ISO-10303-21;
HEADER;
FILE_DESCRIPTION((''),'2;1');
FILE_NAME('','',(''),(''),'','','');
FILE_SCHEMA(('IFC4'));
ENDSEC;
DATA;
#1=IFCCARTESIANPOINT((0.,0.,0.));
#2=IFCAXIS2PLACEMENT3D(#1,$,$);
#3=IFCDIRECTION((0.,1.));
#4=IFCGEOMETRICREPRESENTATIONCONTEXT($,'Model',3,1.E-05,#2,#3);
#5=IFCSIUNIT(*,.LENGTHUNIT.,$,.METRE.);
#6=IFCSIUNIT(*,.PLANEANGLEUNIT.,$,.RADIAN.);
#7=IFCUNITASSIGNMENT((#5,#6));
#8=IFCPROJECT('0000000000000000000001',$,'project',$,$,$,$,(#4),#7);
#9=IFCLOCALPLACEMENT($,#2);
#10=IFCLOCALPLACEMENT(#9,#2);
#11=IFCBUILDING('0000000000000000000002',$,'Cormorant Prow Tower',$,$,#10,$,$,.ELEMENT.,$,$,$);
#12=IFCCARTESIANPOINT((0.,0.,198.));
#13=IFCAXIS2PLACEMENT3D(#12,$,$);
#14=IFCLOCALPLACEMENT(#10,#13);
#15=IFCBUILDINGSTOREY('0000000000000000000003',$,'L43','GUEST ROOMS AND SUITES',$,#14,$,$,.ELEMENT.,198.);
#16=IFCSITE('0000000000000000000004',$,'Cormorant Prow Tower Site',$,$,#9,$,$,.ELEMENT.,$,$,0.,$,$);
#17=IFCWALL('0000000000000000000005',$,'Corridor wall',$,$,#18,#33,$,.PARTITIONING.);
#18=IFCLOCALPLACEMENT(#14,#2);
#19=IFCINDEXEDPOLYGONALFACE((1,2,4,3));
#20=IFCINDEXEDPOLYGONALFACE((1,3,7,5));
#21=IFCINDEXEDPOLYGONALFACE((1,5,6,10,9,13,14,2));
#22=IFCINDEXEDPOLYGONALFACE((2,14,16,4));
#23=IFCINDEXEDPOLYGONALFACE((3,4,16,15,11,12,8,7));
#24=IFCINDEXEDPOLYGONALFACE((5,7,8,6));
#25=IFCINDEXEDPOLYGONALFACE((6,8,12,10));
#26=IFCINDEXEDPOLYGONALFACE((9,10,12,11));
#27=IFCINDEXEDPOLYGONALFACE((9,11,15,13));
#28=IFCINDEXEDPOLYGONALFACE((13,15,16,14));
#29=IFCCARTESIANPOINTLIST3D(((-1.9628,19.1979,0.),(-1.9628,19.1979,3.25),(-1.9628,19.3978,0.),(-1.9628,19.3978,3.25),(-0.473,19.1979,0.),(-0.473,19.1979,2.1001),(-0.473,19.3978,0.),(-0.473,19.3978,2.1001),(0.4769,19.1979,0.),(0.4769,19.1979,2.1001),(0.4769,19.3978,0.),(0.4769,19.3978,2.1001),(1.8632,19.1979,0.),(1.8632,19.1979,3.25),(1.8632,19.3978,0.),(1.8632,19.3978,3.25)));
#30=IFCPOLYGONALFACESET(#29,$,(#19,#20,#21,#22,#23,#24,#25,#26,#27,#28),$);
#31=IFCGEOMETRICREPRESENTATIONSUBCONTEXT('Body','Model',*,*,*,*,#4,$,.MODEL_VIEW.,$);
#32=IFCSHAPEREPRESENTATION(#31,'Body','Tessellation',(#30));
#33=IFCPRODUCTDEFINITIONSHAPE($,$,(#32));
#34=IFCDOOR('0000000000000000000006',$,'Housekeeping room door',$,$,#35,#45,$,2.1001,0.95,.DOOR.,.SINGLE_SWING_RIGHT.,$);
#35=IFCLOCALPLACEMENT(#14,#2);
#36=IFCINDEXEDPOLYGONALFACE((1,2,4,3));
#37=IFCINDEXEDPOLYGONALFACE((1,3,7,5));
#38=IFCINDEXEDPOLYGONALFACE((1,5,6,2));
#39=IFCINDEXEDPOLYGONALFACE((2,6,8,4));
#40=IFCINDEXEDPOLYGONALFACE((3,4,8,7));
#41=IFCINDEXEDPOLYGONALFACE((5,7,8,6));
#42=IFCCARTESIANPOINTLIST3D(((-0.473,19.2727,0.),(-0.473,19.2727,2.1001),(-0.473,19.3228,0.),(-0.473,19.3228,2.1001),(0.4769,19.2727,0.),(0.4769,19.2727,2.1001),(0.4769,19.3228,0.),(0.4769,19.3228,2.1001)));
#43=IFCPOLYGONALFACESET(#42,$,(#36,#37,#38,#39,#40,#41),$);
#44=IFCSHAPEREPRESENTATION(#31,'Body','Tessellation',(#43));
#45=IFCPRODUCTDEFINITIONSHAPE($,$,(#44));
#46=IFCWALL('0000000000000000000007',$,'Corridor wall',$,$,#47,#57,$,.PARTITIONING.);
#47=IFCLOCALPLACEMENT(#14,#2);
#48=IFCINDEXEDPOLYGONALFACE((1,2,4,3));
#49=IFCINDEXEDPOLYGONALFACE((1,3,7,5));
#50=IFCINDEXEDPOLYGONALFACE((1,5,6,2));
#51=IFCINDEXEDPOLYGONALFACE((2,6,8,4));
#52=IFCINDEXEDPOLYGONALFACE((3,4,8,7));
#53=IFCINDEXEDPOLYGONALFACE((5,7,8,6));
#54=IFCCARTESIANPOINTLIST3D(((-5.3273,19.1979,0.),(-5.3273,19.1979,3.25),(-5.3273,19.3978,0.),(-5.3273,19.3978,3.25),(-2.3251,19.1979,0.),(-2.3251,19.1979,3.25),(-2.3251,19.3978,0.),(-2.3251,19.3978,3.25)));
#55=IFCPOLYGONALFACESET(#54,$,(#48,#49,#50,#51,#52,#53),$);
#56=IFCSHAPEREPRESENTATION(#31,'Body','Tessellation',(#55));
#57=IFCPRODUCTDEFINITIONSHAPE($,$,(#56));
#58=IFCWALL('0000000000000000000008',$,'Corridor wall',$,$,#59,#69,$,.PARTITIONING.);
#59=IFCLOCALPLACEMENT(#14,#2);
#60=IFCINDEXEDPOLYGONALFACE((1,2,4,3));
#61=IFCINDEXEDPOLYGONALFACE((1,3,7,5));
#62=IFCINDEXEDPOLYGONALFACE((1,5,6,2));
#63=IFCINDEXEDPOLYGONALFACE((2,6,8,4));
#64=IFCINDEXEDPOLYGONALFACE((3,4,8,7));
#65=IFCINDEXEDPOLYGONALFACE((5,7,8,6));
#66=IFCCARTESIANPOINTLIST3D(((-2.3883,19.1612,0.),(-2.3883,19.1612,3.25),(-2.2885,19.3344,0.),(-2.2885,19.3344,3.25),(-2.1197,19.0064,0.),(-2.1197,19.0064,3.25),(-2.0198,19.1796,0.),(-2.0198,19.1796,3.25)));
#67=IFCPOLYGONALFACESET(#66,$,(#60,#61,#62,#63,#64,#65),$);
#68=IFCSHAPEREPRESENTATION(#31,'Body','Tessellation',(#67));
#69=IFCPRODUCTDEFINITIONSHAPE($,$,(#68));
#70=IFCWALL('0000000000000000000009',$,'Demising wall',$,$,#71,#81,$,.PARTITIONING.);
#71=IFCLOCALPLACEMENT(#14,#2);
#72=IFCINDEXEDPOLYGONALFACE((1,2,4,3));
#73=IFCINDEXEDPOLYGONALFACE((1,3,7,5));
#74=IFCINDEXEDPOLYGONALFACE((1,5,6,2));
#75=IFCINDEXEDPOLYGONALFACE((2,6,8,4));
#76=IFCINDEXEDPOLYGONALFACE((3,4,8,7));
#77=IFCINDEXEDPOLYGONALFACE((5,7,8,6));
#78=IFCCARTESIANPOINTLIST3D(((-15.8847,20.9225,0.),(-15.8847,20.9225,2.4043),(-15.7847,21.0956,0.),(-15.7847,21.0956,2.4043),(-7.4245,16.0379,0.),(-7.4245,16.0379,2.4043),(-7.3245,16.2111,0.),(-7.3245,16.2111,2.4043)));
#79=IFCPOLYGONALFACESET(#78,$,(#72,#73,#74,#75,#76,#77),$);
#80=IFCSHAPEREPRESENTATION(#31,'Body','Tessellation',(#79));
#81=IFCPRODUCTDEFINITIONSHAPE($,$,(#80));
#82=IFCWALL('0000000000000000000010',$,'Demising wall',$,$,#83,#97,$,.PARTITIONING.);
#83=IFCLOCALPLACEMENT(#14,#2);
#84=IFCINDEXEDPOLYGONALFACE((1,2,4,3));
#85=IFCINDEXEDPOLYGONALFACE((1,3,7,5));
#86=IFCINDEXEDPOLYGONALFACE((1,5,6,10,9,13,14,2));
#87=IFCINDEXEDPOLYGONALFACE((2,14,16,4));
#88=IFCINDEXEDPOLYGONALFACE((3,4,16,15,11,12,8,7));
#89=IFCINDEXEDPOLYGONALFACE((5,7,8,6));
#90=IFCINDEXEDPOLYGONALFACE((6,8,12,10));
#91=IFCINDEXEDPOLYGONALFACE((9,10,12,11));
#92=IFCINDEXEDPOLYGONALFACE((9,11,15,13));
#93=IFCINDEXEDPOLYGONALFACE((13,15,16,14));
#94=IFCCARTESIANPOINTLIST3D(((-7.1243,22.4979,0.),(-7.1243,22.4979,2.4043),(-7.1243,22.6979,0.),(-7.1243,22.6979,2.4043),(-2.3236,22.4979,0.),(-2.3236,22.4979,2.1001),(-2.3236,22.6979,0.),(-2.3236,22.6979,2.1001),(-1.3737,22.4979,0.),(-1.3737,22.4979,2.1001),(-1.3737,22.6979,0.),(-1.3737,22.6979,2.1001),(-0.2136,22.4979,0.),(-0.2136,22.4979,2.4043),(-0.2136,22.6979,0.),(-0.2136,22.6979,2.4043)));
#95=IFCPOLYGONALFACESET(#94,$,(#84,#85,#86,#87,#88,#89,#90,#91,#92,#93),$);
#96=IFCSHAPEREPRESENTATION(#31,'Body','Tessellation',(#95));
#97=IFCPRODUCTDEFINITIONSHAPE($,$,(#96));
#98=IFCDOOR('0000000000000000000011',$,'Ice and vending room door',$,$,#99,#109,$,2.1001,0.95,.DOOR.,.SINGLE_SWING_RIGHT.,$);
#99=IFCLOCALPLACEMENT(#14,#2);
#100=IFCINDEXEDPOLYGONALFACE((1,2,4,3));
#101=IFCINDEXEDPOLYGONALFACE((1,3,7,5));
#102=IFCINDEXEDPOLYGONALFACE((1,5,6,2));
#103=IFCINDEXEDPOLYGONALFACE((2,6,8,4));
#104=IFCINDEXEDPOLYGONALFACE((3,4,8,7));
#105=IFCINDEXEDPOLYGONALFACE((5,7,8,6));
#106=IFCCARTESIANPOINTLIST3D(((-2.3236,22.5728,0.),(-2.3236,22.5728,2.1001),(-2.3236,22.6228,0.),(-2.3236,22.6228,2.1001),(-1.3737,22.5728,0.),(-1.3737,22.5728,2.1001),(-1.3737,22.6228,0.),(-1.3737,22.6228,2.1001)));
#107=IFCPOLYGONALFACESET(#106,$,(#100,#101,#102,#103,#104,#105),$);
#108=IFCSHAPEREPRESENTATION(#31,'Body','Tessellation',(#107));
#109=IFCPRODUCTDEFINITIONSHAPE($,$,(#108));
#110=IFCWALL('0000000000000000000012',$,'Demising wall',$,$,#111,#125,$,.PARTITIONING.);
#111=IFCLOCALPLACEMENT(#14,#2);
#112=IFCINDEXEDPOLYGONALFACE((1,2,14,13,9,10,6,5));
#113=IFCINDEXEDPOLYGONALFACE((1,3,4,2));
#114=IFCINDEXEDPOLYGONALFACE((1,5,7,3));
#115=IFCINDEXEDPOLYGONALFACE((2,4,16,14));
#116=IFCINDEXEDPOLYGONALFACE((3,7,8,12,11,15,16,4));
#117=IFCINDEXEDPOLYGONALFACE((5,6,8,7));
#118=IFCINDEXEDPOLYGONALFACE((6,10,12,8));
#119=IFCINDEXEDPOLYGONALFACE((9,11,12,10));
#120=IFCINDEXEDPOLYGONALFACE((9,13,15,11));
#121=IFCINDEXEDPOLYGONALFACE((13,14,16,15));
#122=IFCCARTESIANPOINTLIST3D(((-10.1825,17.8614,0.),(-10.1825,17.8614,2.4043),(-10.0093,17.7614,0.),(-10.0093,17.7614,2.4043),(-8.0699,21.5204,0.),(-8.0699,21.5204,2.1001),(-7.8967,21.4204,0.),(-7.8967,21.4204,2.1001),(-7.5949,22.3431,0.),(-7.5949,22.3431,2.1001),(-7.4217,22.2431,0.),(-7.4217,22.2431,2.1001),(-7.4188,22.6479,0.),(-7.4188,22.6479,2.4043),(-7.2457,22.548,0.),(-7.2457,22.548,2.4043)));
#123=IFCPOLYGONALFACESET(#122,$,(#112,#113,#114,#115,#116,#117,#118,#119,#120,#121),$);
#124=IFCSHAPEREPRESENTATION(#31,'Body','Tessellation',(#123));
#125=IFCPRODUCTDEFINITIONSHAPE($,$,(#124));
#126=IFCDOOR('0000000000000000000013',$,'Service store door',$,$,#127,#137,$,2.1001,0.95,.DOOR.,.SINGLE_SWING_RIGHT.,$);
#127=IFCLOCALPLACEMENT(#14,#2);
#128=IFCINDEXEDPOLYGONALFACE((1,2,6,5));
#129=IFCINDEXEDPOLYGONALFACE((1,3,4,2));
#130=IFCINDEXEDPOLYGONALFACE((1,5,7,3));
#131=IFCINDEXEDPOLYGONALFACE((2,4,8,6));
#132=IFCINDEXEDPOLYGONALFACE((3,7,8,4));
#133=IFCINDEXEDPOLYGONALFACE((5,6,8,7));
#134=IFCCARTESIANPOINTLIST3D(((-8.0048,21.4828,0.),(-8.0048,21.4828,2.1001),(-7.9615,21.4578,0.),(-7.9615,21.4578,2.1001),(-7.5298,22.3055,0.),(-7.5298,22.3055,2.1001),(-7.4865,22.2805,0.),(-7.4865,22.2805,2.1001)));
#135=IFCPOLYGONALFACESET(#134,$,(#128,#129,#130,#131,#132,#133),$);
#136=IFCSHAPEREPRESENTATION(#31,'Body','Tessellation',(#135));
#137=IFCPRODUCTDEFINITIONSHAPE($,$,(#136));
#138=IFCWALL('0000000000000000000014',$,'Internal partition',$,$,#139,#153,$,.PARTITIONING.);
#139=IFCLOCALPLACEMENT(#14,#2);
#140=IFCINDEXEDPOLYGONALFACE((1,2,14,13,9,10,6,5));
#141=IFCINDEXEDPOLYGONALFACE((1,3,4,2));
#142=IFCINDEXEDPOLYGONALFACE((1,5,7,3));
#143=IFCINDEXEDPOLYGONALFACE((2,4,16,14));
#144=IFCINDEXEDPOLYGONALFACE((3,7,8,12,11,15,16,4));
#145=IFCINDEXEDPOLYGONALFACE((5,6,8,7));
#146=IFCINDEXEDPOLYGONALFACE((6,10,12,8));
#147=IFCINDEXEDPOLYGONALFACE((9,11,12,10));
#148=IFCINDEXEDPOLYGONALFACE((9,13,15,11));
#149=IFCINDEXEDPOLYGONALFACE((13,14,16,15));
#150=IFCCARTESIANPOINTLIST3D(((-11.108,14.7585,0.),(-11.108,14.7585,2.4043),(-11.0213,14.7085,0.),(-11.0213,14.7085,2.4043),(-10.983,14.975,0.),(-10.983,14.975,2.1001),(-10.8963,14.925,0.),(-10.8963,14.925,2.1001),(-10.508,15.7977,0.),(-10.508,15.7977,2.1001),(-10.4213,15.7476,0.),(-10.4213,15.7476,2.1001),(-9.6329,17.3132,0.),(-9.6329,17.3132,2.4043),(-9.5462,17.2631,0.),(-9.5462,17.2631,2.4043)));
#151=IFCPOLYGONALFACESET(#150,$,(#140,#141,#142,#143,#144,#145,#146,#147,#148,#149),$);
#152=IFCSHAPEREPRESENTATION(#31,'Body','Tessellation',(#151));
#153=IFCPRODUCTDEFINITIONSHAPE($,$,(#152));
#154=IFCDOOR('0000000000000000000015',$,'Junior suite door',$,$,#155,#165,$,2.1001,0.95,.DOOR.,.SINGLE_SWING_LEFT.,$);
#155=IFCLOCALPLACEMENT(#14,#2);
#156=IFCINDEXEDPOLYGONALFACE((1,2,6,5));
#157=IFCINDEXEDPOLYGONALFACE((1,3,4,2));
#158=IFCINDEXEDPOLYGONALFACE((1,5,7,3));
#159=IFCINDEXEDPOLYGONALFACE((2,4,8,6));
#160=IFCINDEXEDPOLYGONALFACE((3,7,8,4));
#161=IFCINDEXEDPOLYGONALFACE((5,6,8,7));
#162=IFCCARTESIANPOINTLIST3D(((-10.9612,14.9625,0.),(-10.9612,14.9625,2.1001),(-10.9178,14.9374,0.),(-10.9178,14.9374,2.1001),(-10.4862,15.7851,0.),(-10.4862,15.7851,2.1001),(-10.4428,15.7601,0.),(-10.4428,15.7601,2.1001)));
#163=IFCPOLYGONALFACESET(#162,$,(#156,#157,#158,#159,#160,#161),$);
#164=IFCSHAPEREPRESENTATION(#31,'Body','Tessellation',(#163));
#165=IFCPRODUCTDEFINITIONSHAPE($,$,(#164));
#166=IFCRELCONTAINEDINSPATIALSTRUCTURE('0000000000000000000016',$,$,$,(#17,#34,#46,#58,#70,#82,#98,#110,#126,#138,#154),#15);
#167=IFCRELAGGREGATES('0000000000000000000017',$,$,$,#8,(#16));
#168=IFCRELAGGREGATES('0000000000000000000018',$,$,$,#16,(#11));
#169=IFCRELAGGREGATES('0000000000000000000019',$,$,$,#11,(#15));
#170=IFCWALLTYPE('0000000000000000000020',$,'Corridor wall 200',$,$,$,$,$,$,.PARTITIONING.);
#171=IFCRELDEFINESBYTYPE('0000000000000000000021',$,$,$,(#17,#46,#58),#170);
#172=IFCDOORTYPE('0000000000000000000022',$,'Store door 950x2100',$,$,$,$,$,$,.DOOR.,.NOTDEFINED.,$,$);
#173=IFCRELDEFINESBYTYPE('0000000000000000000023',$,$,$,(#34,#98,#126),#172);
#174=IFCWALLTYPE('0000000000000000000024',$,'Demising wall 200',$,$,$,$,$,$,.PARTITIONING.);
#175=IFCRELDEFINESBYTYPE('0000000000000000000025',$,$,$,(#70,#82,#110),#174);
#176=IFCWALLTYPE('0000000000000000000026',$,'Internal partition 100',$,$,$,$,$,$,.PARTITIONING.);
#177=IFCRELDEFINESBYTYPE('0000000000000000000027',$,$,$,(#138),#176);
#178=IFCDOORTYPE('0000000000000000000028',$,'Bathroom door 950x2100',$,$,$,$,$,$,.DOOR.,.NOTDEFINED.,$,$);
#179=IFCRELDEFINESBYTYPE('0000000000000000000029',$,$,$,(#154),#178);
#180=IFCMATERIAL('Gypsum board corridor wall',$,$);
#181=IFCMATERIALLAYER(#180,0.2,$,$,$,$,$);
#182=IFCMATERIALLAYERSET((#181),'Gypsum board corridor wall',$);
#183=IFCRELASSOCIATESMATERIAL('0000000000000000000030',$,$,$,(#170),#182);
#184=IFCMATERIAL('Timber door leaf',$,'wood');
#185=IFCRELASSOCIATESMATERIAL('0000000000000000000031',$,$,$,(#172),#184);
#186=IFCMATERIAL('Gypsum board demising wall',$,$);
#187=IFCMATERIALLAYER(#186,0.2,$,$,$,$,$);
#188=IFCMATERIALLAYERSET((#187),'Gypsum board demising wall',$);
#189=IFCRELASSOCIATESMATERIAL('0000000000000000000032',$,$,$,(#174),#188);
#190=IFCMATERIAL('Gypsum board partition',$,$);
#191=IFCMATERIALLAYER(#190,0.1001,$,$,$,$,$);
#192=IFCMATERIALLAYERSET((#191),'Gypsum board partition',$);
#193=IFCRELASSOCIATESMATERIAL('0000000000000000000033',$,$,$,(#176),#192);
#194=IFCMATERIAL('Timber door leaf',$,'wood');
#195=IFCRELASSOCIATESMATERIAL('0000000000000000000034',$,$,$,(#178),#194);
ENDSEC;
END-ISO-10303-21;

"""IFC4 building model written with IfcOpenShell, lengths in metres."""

from ifc_helpers import new_model, si_unit, direction, frame, frame_2d, origin, place, context, subcontext, project, spatial, rectangle, extrude, material, layer, layer_set, type_object, element, fill, save


model = new_model("IFC4")

# Units and contexts
model_context = context("Model", 3, precision=1e-05, world=origin(), true_north=direction((0.0, 1.0)))
body_context = subcontext(model_context, "Body", "Model", "MODEL_VIEW")
ifc_project = project(units=[si_unit("LENGTHUNIT", "METRE"), si_unit("PLANEANGLEUNIT", "RADIAN")], contexts=[model_context])

# Site, building, storey
site_placement = place(None, origin())
site = spatial("IfcSite", under=ifc_project, at=site_placement, Name="Cormorant Prow Tower Site", CompositionType="ELEMENT", RefElevation=0.0)
building_placement = place(site_placement, origin())
building = spatial("IfcBuilding", under=site, at=building_placement, Name="Cormorant Prow Tower", CompositionType="ELEMENT")
storey_placement = place(building_placement, frame((0.0, 0.0, 198.0)))
storey = spatial("IfcBuildingStorey", under=building, at=storey_placement, Name="L43", Description="GUEST ROOMS AND SUITES", CompositionType="ELEMENT", Elevation=198.0)

# Wall, opening, door
ifc_material_1 = material(Name="Gypsum board corridor wall")
ifc_layer_1 = layer(ifc_material_1, 0.2)
ifc_layer_set_1 = layer_set([ifc_layer_1], Name="Gypsum board corridor wall")
wall_type_1 = type_object("IfcWallType", Name="Corridor wall 200", PredefinedType="PARTITIONING", material=ifc_layer_set_1)
wall_1_placement = place(storey_placement, frame((-1.9629, 19.2979, 0.0), z_axis=(0.0, 0.0, 1.0), x_axis=(1.0, 0.0, 0.0)))
wall_1 = element("IfcWall", 1, at=wall_1_placement, inside=storey, type_object=wall_type_1, Name="Corridor wall", PredefinedType="PARTITIONING", context=body_context, shape_type="SweptSolid", body=[
    extrude(rectangle(XDim=3.8259, YDim=0.2, at=frame_2d((1.9131, 0.0))), origin(), (0.0, 0.0, 1.0), 3.25),
])
opening_1_placement = place(wall_1_placement, frame((1.4897, 0.0, 0.0)))
opening_1 = element("IfcOpeningElement", 2, at=opening_1_placement, cuts=wall_1, PredefinedType="OPENING", context=body_context, shape_type="SweptSolid", body=[
    extrude(rectangle(XDim=0.95, YDim=2.1001, at=frame_2d((0.4751, 1.05))), frame((0.0, 0.1099, 0.0), z_axis=(0.0, -1.0, 0.0), x_axis=(1.0, 0.0, 0.0)), (0.0, 0.0, 1.0), 0.22),
])
ifc_material_2 = material(Name="Timber door leaf", Category="wood")
door_type_1 = type_object("IfcDoorType", Name="Store door 950x2100", OperationType="NOTDEFINED", PredefinedType="DOOR", material=ifc_material_2)
door_1_placement = place(opening_1_placement, origin())
door_1 = element("IfcDoor", 3, at=door_1_placement, inside=storey, type_object=door_type_1, Name="Housekeeping room door", OperationType="SINGLE_SWING_RIGHT", OverallHeight=2.1001, OverallWidth=0.95, PredefinedType="DOOR", context=body_context, shape_type="SweptSolid", body=[
    extrude(rectangle(XDim=0.95, YDim=2.1001, at=frame_2d((0.4751, 1.05))), frame((0.0, 0.0249, 0.0), z_axis=(0.0, -1.0, 0.0), x_axis=(1.0, 0.0, 0.0)), (0.0, 0.0, 1.0), 0.05),
])
fill(opening_1, door_1)

# Walls
wall_2_placement = place(storey_placement, frame((-5.3271, 19.2979, 0.0), z_axis=(0.0, 0.0, 1.0), x_axis=(1.0, 0.0, 0.0)))
element("IfcWall", 4, at=wall_2_placement, inside=storey, type_object=wall_type_1, Name="Corridor wall", PredefinedType="PARTITIONING", context=body_context, shape_type="SweptSolid", body=[
    extrude(rectangle(XDim=3.0022, YDim=0.2, at=frame_2d((1.501, 0.0))), origin(), (0.0, 0.0, 1.0), 3.25),
])
wall_3_placement = place(storey_placement, frame((-2.3384, 19.2478, 0.0), z_axis=(0.0, 0.0, 1.0), x_axis=(0.866395, -0.499359, 0.0)))
element("IfcWall", 5, at=wall_3_placement, inside=storey, type_object=wall_type_1, Name="Corridor wall", PredefinedType="PARTITIONING", context=body_context, shape_type="SweptSolid", body=[
    extrude(rectangle(XDim=0.3101, YDim=0.2, at=frame_2d((0.155, 0.0))), origin(), (0.0, 0.0, 1.0), 3.25),
])
ifc_material_3 = material(Name="Gypsum board demising wall")
ifc_layer_2 = layer(ifc_material_3, 0.2)
ifc_layer_set_2 = layer_set([ifc_layer_2], Name="Gypsum board demising wall")
wall_type_2 = type_object("IfcWallType", Name="Demising wall 200", PredefinedType="PARTITIONING", material=ifc_layer_set_2)
wall_4_placement = place(storey_placement, frame((-15.8347, 21.009, 0.0), z_axis=(0.0, 0.0, 1.0), x_axis=(0.866025, -0.500002, 0.0)))
element("IfcWall", 6, at=wall_4_placement, inside=storey, type_object=wall_type_2, Name="Demising wall", PredefinedType="PARTITIONING", context=body_context, shape_type="SweptSolid", body=[
    extrude(rectangle(XDim=9.769, YDim=0.2, at=frame_2d((4.8845, 0.0))), origin(), (0.0, 0.0, 1.0), 2.4043),
])

# Walls, openings, doors
wall_5_placement = place(storey_placement, frame((-7.1243, 22.5979, 0.0), z_axis=(0.0, 0.0, 1.0), x_axis=(1.0, 0.0, 0.0)))
wall_5 = element("IfcWall", 7, at=wall_5_placement, inside=storey, type_object=wall_type_2, Name="Demising wall", PredefinedType="PARTITIONING", context=body_context, shape_type="SweptSolid", body=[
    extrude(rectangle(XDim=6.9106, YDim=0.2, at=frame_2d((3.4553, 0.0))), origin(), (0.0, 0.0, 1.0), 2.4043),
])
opening_2_placement = place(wall_5_placement, frame((4.8005, 0.0, 0.0)))
opening_2 = element("IfcOpeningElement", 8, at=opening_2_placement, cuts=wall_5, PredefinedType="OPENING", context=body_context, shape_type="SweptSolid", body=[
    extrude(rectangle(XDim=0.95, YDim=2.1001, at=frame_2d((0.4751, 1.05))), frame((0.0, 0.1099, 0.0), z_axis=(0.0, -1.0, 0.0), x_axis=(1.0, 0.0, 0.0)), (0.0, 0.0, 1.0), 0.22),
])
door_2_placement = place(opening_2_placement, origin())
door_2 = element("IfcDoor", 9, at=door_2_placement, inside=storey, type_object=door_type_1, Name="Ice and vending room door", OperationType="SINGLE_SWING_RIGHT", OverallHeight=2.1001, OverallWidth=0.95, PredefinedType="DOOR", context=body_context, shape_type="SweptSolid", body=[
    extrude(rectangle(XDim=0.95, YDim=2.1001, at=frame_2d((0.4751, 1.05))), frame((0.0, 0.0249, 0.0), z_axis=(0.0, -1.0, 0.0), x_axis=(1.0, 0.0, 0.0)), (0.0, 0.0, 1.0), 0.05),
])
fill(opening_2, door_2)
wall_6_placement = place(storey_placement, frame((-10.0959, 17.8113, 0.0), z_axis=(0.0, 0.0, 1.0), x_axis=(0.500016, 0.866016, 0.0)))
wall_6 = element("IfcWall", 10, at=wall_6_placement, inside=storey, type_object=wall_type_2, Name="Demising wall", PredefinedType="PARTITIONING", context=body_context, shape_type="SweptSolid", body=[
    extrude(rectangle(XDim=5.5271, YDim=0.2, at=frame_2d((2.7637, 0.0))), origin(), (0.0, 0.0, 1.0), 2.4043),
])
opening_3_placement = place(wall_6_placement, frame((4.2251, 0.0, 0.0)))
opening_3 = element("IfcOpeningElement", 11, at=opening_3_placement, cuts=wall_6, PredefinedType="OPENING", context=body_context, shape_type="SweptSolid", body=[
    extrude(rectangle(XDim=0.95, YDim=2.1001, at=frame_2d((0.4751, 1.05))), frame((0.0, 0.1099, 0.0), z_axis=(0.0, -1.0, 0.0), x_axis=(1.0, 0.0, 0.0)), (0.0, 0.0, 1.0), 0.22),
])
door_3_placement = place(opening_3_placement, origin())
door_3 = element("IfcDoor", 12, at=door_3_placement, inside=storey, type_object=door_type_1, Name="Service store door", OperationType="SINGLE_SWING_RIGHT", OverallHeight=2.1001, OverallWidth=0.95, PredefinedType="DOOR", context=body_context, shape_type="SweptSolid", body=[
    extrude(rectangle(XDim=0.95, YDim=2.1001, at=frame_2d((0.4751, 1.05))), frame((0.0, 0.0249, 0.0), z_axis=(0.0, -1.0, 0.0), x_axis=(1.0, 0.0, 0.0)), (0.0, 0.0, 1.0), 0.05),
])
fill(opening_3, door_3)
ifc_material_4 = material(Name="Gypsum board partition")
ifc_layer_3 = layer(ifc_material_4, 0.1001)
ifc_layer_set_3 = layer_set([ifc_layer_3], Name="Gypsum board partition")
wall_type_3 = type_object("IfcWallType", Name="Internal partition 100", PredefinedType="PARTITIONING", material=ifc_layer_set_3)
wall_7_placement = place(storey_placement, frame((-11.0647, 14.7334, 0.0), z_axis=(0.0, 0.0, 1.0), x_axis=(0.500038, 0.866004, 0.0)))
wall_7 = element("IfcWall", 13, at=wall_7_placement, inside=storey, type_object=wall_type_3, Name="Internal partition", PredefinedType="PARTITIONING", context=body_context, shape_type="SweptSolid", body=[
    extrude(rectangle(XDim=2.95, YDim=0.1001, at=frame_2d((1.4751, 0.0))), origin(), (0.0, 0.0, 1.0), 2.4043),
])
opening_4_placement = place(wall_7_placement, frame((0.25, 0.0, 0.0)))
opening_4 = element("IfcOpeningElement", 14, at=opening_4_placement, cuts=wall_7, PredefinedType="OPENING", context=body_context, shape_type="SweptSolid", body=[
    extrude(rectangle(XDim=0.95, YDim=2.1001, at=frame_2d((0.4751, 1.05))), frame((0.0, 0.0601, 0.0), z_axis=(0.0, -1.0, 0.0), x_axis=(1.0, 0.0, 0.0)), (0.0, 0.0, 1.0), 0.1201),
])
ifc_material_5 = material(Name="Timber door leaf", Category="wood")
door_type_2 = type_object("IfcDoorType", Name="Bathroom door 950x2100", OperationType="NOTDEFINED", PredefinedType="DOOR", material=ifc_material_5)
door_4_placement = place(opening_4_placement, origin())
door_4 = element("IfcDoor", 15, at=door_4_placement, inside=storey, type_object=door_type_2, Name="Junior suite door", OperationType="SINGLE_SWING_LEFT", OverallHeight=2.1001, OverallWidth=0.95, PredefinedType="DOOR", context=body_context, shape_type="SweptSolid", body=[
    extrude(rectangle(XDim=0.95, YDim=2.1001, at=frame_2d((0.4751, 1.05))), frame((0.0, 0.0249, 0.0), z_axis=(0.0, -1.0, 0.0), x_axis=(1.0, 0.0, 0.0)), (0.0, 0.0, 1.0), 0.05),
])
fill(opening_4, door_4)

save(model, "model.ifc")
